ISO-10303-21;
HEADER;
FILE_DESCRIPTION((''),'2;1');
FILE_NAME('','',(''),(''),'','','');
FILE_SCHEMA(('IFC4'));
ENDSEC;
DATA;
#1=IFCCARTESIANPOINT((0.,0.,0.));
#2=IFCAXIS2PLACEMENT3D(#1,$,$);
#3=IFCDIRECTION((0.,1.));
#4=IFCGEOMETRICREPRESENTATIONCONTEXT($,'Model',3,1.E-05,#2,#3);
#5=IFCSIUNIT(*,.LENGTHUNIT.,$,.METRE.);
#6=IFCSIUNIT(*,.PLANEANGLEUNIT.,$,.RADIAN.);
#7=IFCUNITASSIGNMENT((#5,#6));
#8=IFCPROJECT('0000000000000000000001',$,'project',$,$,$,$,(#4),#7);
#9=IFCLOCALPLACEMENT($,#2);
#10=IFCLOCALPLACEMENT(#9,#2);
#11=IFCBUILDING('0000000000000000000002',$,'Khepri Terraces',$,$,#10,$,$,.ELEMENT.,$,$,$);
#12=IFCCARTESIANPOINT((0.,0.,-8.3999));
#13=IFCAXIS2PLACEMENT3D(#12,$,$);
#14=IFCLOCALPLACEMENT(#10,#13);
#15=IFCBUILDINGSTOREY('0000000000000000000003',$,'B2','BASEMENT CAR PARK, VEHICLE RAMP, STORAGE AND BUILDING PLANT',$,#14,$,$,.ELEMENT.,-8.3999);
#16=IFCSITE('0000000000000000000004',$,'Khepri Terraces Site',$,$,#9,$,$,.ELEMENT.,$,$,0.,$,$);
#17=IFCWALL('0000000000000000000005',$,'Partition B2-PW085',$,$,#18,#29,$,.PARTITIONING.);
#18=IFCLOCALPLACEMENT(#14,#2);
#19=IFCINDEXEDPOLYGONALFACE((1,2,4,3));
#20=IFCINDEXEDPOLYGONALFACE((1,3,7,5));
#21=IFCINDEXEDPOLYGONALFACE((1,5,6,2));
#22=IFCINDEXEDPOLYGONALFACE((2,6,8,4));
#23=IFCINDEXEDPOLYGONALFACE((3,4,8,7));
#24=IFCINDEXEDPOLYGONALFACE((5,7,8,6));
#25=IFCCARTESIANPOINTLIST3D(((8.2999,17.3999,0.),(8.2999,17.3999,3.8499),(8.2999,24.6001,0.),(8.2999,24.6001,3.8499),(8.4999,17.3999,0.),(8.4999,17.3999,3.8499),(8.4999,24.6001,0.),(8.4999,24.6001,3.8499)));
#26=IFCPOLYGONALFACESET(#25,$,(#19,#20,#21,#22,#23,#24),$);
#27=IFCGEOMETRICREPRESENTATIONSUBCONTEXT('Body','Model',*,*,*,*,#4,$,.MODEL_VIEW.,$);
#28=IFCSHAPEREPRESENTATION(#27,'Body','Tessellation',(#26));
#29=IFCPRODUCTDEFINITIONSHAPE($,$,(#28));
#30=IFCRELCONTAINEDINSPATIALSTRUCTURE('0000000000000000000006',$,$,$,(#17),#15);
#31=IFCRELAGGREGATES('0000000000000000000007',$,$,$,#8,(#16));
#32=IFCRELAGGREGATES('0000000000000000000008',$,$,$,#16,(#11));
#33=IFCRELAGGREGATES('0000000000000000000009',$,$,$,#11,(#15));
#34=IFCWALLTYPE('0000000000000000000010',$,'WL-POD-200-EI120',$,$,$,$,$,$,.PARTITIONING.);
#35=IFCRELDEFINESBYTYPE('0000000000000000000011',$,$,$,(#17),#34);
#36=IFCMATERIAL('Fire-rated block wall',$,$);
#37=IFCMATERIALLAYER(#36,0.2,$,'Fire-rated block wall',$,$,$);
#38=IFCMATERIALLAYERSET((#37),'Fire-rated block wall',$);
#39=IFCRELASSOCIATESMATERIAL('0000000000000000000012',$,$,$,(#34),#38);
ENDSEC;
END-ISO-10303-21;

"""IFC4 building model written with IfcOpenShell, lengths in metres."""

from ifc_helpers import new_model, si_unit, direction, frame, frame_2d, origin, place, context, subcontext, project, spatial, rectangle, extrude, material, layer, layer_set, type_object, element, save


model = new_model("IFC4")

# Units and contexts
model_context = context("Model", 3, precision=1e-05, world=origin(), true_north=direction((0.0, 1.0)))
body_context = subcontext(model_context, "Body", "Model", "MODEL_VIEW")
ifc_project = project(units=[si_unit("LENGTHUNIT", "METRE"), si_unit("PLANEANGLEUNIT", "RADIAN")], contexts=[model_context])

# Site, building, storey
site_placement = place(None, origin())
site = spatial("IfcSite", under=ifc_project, at=site_placement, Name="Khepri Terraces Site", CompositionType="ELEMENT", RefElevation=0.0)
building_placement = place(site_placement, origin())
building = spatial("IfcBuilding", under=site, at=building_placement, Name="Khepri Terraces", CompositionType="ELEMENT")
storey_placement = place(building_placement, frame((0.0, 0.0, -8.3999)))
storey = spatial("IfcBuildingStorey", under=building, at=storey_placement, Name="B2", Description="BASEMENT CAR PARK, VEHICLE RAMP, STORAGE AND BUILDING PLANT", CompositionType="ELEMENT", Elevation=-8.3999)

# Wall
ifc_material_1 = material(Name="Fire-rated block wall")
ifc_layer = layer(ifc_material_1, 0.2, Name="Fire-rated block wall")
ifc_layer_set = layer_set([ifc_layer], Name="Fire-rated block wall")
wall_type = type_object("IfcWallType", Name="WL-POD-200-EI120", PredefinedType="PARTITIONING", material=ifc_layer_set)
wall_1_placement = place(storey_placement, frame((8.3999, 17.3999, 0.0), z_axis=(0.0, 0.0, 1.0), x_axis=(0.0, 1.0, 0.0)))
element("IfcWall", 1, at=wall_1_placement, inside=storey, type_object=wall_type, Name="Partition B2-PW085", PredefinedType="PARTITIONING", context=body_context, shape_type="SweptSolid", body=[
    extrude(rectangle(XDim=7.2002, YDim=0.2, at=frame_2d((3.6001, 0.0))), origin(), (0.0, 0.0, 1.0), 3.8499),
])

save(model, "model.ifc")
